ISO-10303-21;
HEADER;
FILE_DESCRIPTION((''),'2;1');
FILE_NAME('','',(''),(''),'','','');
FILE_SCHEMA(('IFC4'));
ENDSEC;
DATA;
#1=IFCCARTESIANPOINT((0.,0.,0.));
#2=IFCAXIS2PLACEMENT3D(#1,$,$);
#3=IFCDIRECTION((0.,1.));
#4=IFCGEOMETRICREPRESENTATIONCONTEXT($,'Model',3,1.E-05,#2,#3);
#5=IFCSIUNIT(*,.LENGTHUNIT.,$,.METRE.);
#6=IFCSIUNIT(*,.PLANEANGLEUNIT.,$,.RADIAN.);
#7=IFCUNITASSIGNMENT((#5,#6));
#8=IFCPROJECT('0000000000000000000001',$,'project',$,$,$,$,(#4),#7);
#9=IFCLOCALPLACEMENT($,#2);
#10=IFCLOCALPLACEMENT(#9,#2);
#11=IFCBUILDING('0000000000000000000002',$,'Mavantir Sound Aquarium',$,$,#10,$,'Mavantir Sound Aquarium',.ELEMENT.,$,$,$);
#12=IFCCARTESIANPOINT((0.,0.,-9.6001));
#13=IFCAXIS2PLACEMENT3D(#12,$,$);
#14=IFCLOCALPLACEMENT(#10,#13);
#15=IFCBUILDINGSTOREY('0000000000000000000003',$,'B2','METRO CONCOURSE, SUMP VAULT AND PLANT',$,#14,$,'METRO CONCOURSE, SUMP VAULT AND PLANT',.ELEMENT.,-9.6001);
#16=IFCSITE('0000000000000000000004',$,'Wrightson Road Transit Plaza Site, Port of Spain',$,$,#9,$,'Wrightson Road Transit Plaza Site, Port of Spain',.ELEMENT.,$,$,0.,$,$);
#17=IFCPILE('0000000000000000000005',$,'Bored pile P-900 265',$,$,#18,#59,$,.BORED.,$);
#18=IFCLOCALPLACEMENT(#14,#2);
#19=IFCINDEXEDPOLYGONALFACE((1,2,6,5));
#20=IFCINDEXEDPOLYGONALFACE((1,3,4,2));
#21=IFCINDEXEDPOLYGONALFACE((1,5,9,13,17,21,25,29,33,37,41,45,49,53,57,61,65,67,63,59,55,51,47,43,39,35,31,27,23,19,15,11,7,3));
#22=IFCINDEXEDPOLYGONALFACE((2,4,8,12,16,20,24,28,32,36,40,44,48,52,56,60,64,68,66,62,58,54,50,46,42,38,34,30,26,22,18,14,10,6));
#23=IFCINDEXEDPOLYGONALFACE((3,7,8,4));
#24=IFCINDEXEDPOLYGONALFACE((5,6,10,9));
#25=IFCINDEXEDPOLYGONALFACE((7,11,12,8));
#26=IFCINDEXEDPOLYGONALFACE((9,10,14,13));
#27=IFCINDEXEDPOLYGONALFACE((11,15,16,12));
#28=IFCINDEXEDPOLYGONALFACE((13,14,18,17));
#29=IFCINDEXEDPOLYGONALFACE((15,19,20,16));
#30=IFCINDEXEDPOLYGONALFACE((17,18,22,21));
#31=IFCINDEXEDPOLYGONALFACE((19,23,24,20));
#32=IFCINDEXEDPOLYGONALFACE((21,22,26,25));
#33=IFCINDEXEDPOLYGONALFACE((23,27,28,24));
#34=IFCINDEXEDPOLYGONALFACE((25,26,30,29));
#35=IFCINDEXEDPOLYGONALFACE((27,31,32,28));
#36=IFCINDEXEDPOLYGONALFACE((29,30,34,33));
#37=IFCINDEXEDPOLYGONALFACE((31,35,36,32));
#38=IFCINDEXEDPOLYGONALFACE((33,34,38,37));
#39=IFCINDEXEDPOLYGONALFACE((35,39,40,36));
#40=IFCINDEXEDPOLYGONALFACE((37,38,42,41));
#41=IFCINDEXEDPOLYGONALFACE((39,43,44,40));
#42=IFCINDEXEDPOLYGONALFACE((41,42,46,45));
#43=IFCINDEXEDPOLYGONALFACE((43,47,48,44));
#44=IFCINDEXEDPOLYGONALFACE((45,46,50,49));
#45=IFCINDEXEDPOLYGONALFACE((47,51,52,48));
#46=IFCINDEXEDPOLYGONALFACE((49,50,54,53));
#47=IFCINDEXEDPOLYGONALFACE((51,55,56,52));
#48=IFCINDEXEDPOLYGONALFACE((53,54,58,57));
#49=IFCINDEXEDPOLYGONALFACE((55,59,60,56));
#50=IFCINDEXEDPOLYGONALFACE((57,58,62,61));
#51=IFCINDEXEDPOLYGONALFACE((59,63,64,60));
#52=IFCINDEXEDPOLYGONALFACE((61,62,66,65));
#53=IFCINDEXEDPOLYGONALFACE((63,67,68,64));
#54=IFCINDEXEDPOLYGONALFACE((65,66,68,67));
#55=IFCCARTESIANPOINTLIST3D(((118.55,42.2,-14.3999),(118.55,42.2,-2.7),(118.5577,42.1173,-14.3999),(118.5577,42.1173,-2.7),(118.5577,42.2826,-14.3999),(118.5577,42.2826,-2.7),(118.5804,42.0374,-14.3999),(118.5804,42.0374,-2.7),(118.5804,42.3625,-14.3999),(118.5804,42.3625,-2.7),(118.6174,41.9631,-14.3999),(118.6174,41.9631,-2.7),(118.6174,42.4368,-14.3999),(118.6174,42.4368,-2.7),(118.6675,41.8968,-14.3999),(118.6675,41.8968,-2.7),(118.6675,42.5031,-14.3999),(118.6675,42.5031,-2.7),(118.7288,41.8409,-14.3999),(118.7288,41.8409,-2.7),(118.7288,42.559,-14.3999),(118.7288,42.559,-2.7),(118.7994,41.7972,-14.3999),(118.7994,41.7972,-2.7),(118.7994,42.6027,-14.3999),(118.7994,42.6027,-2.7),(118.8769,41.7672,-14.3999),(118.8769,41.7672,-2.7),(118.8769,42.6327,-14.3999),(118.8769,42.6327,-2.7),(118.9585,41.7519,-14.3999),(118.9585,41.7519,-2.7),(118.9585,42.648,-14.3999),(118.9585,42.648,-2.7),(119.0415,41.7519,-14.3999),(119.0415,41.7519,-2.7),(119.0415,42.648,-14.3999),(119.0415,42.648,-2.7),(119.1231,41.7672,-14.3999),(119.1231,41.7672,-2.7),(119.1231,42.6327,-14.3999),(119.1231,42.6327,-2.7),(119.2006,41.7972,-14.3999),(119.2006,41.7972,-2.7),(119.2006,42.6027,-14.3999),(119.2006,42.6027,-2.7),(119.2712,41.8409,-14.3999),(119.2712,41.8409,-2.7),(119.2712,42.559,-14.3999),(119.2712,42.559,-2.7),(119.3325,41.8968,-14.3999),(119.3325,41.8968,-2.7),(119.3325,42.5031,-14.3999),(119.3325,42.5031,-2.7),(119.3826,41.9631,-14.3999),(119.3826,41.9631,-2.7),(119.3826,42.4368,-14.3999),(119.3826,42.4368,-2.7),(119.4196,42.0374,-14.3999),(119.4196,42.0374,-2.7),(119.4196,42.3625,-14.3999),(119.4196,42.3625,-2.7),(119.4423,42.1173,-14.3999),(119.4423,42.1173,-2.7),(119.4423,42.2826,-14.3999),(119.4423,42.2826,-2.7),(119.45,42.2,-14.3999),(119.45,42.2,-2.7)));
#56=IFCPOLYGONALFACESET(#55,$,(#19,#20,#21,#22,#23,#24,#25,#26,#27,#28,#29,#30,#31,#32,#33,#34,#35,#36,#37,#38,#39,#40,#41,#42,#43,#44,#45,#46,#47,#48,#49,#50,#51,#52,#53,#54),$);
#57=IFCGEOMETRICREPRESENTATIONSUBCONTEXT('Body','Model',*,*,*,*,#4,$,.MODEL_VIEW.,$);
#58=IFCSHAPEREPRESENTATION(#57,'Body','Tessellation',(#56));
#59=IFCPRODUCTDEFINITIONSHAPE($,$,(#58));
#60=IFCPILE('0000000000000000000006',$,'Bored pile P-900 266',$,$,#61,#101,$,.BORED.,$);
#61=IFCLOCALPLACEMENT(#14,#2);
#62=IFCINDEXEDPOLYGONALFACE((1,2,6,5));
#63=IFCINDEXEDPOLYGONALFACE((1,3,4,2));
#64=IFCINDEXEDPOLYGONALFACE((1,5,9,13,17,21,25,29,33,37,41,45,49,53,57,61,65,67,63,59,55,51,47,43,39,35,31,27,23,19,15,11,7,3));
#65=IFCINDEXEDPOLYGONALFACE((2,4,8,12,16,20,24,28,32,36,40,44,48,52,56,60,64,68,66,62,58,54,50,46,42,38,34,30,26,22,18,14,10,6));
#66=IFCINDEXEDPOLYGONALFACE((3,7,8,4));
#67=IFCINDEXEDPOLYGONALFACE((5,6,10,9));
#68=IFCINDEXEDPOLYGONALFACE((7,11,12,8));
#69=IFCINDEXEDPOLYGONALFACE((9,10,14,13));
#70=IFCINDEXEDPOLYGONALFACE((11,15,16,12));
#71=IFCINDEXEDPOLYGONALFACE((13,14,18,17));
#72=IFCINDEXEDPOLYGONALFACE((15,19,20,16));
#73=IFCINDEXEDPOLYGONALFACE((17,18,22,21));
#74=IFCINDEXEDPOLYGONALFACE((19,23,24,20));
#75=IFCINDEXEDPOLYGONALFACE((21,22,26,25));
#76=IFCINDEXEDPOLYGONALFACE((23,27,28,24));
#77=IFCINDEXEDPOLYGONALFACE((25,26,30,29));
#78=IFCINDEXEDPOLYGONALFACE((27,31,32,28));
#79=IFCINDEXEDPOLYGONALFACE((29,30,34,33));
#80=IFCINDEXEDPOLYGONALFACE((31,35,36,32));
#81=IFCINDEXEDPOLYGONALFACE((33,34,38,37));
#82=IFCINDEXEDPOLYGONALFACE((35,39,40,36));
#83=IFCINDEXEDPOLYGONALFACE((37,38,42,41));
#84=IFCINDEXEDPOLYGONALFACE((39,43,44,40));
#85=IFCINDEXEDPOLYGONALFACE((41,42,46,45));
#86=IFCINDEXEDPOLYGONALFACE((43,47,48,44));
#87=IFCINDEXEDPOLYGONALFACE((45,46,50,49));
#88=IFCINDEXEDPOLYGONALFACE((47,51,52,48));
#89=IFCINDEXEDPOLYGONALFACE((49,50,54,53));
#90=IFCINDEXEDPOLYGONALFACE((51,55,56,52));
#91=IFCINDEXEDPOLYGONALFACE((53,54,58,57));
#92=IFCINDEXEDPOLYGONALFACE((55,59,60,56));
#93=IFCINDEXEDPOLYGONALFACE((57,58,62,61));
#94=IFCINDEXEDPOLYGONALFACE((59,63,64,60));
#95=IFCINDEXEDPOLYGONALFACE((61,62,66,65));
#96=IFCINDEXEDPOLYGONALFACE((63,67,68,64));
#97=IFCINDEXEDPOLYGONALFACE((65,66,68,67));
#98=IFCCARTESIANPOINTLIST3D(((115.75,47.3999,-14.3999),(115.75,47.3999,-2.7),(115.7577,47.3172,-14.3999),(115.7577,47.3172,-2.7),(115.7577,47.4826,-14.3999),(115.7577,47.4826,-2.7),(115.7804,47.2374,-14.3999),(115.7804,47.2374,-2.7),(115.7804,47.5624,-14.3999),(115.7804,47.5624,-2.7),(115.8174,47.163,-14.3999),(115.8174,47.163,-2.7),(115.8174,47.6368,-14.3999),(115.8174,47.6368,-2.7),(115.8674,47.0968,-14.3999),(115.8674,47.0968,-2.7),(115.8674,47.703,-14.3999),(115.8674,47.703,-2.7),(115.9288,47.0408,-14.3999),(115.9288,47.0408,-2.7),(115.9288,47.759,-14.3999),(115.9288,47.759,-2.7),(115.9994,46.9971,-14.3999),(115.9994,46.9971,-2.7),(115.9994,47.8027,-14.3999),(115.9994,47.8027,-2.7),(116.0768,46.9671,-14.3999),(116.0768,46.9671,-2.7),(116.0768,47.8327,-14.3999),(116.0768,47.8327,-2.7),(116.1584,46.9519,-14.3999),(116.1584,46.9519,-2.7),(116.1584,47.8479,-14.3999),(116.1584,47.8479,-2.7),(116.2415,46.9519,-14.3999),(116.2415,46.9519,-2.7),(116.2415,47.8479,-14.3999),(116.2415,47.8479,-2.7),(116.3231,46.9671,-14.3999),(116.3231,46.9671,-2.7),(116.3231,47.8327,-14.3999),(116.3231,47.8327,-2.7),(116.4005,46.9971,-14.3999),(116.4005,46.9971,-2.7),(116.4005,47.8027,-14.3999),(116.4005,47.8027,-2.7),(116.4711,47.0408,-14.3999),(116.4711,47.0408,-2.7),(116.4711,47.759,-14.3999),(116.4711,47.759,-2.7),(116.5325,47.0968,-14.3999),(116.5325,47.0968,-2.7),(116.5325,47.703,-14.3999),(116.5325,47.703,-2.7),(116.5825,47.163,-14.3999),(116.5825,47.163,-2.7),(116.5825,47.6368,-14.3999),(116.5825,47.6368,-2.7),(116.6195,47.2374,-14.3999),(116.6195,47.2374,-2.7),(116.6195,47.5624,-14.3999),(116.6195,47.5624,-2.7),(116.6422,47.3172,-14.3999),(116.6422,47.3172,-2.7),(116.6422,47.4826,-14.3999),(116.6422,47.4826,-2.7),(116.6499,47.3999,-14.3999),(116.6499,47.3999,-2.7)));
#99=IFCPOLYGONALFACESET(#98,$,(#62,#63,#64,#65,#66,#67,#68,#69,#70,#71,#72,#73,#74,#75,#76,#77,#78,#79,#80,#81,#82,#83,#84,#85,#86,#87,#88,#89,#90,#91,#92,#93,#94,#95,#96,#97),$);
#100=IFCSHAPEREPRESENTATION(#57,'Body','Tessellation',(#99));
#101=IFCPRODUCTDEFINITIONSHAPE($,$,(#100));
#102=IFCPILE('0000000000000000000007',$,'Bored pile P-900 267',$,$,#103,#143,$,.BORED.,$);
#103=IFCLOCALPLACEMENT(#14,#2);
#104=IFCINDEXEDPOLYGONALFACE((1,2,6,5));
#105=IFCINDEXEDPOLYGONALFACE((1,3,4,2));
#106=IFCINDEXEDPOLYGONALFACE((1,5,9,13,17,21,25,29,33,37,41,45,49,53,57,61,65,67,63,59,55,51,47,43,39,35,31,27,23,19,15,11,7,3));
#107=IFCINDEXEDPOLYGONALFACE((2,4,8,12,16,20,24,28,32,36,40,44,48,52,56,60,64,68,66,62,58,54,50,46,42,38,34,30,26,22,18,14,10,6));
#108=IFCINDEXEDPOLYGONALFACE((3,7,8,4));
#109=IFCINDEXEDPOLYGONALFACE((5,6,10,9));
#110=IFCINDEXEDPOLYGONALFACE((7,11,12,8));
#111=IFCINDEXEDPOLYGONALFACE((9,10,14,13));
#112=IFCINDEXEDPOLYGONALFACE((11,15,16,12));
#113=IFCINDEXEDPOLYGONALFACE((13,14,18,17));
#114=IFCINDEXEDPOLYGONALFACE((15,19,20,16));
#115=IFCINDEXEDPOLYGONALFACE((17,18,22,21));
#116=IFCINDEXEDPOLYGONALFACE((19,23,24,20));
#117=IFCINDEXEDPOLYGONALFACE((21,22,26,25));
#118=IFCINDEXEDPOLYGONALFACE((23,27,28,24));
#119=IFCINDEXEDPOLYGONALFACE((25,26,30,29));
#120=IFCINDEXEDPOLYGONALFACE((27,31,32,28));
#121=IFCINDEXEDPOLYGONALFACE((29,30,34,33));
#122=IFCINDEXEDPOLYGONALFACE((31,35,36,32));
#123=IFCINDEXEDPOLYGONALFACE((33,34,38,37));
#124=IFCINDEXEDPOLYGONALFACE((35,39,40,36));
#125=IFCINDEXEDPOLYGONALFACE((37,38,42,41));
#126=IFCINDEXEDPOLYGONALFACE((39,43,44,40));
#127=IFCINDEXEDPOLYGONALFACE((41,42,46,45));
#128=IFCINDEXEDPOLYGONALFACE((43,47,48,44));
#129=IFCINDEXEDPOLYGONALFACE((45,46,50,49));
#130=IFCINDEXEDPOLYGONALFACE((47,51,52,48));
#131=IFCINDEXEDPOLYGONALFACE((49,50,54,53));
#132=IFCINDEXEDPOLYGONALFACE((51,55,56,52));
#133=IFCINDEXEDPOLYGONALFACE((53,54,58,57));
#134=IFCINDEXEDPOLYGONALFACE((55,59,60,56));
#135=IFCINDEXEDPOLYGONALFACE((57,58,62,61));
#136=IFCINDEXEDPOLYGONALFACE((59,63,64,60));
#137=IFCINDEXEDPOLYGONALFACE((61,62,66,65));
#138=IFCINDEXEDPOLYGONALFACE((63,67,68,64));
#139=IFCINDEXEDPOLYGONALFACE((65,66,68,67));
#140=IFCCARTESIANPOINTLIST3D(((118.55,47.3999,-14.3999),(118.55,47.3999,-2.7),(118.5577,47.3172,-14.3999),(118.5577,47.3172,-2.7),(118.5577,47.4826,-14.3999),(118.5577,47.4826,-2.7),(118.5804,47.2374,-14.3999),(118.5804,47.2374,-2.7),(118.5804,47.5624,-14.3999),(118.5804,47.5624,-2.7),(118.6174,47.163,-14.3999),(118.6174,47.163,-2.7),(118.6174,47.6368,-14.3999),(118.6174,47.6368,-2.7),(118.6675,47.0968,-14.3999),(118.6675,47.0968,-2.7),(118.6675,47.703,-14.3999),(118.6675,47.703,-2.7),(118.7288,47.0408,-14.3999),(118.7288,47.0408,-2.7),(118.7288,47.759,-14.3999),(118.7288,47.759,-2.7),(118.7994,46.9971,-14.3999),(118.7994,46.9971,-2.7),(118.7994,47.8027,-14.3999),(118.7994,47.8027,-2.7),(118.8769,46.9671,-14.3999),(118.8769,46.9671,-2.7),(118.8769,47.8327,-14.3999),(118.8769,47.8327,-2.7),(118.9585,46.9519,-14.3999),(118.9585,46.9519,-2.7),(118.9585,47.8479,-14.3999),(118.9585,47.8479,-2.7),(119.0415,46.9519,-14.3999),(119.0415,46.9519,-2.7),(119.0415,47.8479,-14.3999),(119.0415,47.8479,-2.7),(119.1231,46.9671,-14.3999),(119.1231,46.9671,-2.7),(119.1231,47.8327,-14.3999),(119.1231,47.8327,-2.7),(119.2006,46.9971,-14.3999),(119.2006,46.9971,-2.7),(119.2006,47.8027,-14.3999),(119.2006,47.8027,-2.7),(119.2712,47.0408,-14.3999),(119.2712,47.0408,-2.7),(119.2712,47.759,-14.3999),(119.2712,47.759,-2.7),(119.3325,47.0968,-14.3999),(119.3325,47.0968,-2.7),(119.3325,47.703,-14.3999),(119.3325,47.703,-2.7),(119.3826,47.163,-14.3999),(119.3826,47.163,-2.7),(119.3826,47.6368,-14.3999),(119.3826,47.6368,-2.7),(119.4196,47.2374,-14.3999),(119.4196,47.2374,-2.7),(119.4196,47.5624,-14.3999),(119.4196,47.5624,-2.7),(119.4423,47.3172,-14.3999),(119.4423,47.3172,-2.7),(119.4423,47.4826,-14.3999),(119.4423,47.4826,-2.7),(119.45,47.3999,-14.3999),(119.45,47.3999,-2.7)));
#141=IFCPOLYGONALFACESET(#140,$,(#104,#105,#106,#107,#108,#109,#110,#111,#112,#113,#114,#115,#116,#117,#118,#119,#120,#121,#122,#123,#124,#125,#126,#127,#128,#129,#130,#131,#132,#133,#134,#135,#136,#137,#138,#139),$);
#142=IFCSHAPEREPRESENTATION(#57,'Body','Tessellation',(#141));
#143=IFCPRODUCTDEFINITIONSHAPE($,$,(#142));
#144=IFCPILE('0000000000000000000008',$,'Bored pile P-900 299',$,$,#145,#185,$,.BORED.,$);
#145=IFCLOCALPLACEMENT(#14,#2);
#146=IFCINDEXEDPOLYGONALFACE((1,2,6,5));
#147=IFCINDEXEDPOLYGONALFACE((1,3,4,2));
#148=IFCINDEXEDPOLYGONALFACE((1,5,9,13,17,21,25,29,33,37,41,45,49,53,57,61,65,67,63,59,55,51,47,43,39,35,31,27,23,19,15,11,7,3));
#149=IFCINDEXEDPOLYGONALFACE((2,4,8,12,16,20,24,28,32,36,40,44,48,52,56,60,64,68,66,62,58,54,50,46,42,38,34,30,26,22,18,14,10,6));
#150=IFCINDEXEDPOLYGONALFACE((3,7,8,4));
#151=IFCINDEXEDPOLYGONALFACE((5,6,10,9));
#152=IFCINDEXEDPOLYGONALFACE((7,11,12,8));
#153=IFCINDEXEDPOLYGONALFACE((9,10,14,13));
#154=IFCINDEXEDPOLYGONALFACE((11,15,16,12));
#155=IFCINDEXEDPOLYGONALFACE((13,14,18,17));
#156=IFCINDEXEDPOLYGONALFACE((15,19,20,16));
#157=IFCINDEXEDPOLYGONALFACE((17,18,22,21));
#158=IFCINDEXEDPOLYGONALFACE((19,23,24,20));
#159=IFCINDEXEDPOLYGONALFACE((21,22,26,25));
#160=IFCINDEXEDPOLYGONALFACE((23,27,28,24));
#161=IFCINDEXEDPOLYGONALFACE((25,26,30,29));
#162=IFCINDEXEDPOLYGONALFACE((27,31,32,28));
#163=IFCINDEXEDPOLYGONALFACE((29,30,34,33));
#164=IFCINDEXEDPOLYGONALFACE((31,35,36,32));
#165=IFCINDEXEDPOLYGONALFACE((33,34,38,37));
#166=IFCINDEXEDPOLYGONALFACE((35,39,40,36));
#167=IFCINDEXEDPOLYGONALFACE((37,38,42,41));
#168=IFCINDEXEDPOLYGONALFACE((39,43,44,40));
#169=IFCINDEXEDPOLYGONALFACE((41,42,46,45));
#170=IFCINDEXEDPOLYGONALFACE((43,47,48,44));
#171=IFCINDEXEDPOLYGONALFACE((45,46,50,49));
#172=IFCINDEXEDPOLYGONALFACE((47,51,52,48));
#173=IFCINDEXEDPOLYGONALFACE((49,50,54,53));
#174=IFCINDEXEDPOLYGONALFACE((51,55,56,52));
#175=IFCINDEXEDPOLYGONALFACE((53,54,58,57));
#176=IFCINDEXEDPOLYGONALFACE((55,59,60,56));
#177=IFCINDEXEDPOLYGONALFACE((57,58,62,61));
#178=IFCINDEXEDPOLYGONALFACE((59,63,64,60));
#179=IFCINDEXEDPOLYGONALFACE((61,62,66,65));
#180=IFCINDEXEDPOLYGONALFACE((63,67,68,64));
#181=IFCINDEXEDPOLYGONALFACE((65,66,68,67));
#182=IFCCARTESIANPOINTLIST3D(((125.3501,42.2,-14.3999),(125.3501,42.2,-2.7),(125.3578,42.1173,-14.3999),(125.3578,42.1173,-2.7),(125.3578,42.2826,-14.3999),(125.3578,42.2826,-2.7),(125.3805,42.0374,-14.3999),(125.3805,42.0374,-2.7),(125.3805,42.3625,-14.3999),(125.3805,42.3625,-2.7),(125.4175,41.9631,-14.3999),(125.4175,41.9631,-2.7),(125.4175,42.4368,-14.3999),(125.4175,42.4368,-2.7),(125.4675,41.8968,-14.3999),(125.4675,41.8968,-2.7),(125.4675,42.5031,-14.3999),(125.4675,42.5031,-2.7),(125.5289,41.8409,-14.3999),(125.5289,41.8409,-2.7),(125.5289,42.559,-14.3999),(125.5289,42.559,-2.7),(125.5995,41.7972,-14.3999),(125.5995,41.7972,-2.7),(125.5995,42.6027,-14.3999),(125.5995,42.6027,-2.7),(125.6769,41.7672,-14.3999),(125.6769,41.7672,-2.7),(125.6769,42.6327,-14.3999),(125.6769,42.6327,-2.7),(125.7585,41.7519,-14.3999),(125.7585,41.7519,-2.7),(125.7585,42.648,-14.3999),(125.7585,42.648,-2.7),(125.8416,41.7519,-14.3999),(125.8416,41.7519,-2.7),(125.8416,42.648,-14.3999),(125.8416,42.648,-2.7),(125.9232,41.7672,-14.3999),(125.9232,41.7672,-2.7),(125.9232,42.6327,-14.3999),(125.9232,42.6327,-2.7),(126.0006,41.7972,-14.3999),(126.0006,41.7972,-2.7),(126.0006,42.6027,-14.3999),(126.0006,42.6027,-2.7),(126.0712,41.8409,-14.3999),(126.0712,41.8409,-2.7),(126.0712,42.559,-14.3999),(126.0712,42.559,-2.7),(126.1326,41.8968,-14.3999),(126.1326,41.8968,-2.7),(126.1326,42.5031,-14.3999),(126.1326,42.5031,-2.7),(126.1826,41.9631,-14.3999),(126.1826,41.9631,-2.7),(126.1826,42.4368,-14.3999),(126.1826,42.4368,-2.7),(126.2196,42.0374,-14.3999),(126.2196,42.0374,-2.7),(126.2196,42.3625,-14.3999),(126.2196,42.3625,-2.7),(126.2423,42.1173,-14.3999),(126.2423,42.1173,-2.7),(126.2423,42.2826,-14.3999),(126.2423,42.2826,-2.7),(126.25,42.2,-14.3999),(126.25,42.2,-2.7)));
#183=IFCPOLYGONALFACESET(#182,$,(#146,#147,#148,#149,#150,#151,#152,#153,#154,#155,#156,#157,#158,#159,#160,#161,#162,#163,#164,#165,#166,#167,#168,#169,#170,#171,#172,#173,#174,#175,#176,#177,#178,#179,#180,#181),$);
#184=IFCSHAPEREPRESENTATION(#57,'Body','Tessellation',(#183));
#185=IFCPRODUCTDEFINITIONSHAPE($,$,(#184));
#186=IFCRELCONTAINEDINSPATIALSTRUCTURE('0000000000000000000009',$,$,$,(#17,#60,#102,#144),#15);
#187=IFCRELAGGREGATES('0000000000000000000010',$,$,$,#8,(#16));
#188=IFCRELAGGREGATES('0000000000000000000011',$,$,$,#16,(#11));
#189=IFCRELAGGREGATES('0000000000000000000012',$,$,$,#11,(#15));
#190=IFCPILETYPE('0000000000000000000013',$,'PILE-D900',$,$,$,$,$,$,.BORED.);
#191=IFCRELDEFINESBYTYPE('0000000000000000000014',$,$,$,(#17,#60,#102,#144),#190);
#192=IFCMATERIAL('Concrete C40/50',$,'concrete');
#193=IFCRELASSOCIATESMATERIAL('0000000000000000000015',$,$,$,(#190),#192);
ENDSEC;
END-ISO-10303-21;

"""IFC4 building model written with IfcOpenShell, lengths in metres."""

from ifc_helpers import new_model, si_unit, direction, frame, origin, origin_2d, place, context, subcontext, project, spatial, circle, extrude, material, material_profile, profile_set, type_object, element, save


model = new_model("IFC4")

# Units and contexts
model_context = context("Model", 3, precision=1e-05, world=origin(), true_north=direction((0.0, 1.0)))
body_context = subcontext(model_context, "Body", "Model", "MODEL_VIEW")
ifc_project = project(units=[si_unit("LENGTHUNIT", "METRE"), si_unit("PLANEANGLEUNIT", "RADIAN")], contexts=[model_context])

# Site, building, storey
site_placement = place(None, origin())
site = spatial("IfcSite", under=ifc_project, at=site_placement, Name="Wrightson Road Transit Plaza Site, Port of Spain", LongName="Wrightson Road Transit Plaza Site, Port of Spain", CompositionType="ELEMENT", RefElevation=0.0)
building_placement = place(site_placement, origin())
building = spatial("IfcBuilding", under=site, at=building_placement, Name="Mavantir Sound Aquarium", LongName="Mavantir Sound Aquarium", CompositionType="ELEMENT")
storey_placement = place(building_placement, frame((0.0, 0.0, -9.6001)))
storey = spatial("IfcBuildingStorey", under=building, at=storey_placement, Name="B2", Description="METRO CONCOURSE, SUMP VAULT AND PLANT", LongName="METRO CONCOURSE, SUMP VAULT AND PLANT", CompositionType="ELEMENT", Elevation=-9.6001)

# Shared definitions
ifc_material_1 = material(Name="Concrete C40/50", Category="concrete")

# Piles
ifc_material_profile_1 = material_profile(ifc_material_1, circle(Radius=0.45, at=origin_2d()), Name="PILE D900")
ifc_profile_set_1 = profile_set([ifc_material_profile_1], Name="Concrete C40/50")
pile_type = type_object("IfcPileType", Name="PILE-D900", PredefinedType="BORED", material=ifc_profile_set_1)
for number, where, z_axis, x_axis, name in (
    (1, (119.0, 42.2, -2.7), (0.0, 0.0, -1.0), (1.0, 0.0, 0.0), "Bored pile P-900 265"),
    (2, (116.2, 47.3999, -2.7), (0.0, 0.0, -1.0), (1.0, 0.0, 0.0), "Bored pile P-900 266"),
    (3, (119.0, 47.3999, -2.7), (0.0, 0.0, -1.0), (1.0, 0.0, 0.0), "Bored pile P-900 267"),
    (4, (125.8, 42.2, -2.7), (0.0, 0.0, -1.0), (1.0, 0.0, 0.0), "Bored pile P-900 299"),
):
    element("IfcPile", number, at=place(storey_placement, frame(where, z_axis=z_axis, x_axis=x_axis)), inside=storey, type_object=pile_type, Name=name, PredefinedType="BORED", context=body_context, shape_type="SweptSolid", body=[
        extrude(circle(Radius=0.45, at=origin_2d()), origin(), (0.0, 0.0, 1.0), 11.7),
    ])

save(model, "model.ifc")
